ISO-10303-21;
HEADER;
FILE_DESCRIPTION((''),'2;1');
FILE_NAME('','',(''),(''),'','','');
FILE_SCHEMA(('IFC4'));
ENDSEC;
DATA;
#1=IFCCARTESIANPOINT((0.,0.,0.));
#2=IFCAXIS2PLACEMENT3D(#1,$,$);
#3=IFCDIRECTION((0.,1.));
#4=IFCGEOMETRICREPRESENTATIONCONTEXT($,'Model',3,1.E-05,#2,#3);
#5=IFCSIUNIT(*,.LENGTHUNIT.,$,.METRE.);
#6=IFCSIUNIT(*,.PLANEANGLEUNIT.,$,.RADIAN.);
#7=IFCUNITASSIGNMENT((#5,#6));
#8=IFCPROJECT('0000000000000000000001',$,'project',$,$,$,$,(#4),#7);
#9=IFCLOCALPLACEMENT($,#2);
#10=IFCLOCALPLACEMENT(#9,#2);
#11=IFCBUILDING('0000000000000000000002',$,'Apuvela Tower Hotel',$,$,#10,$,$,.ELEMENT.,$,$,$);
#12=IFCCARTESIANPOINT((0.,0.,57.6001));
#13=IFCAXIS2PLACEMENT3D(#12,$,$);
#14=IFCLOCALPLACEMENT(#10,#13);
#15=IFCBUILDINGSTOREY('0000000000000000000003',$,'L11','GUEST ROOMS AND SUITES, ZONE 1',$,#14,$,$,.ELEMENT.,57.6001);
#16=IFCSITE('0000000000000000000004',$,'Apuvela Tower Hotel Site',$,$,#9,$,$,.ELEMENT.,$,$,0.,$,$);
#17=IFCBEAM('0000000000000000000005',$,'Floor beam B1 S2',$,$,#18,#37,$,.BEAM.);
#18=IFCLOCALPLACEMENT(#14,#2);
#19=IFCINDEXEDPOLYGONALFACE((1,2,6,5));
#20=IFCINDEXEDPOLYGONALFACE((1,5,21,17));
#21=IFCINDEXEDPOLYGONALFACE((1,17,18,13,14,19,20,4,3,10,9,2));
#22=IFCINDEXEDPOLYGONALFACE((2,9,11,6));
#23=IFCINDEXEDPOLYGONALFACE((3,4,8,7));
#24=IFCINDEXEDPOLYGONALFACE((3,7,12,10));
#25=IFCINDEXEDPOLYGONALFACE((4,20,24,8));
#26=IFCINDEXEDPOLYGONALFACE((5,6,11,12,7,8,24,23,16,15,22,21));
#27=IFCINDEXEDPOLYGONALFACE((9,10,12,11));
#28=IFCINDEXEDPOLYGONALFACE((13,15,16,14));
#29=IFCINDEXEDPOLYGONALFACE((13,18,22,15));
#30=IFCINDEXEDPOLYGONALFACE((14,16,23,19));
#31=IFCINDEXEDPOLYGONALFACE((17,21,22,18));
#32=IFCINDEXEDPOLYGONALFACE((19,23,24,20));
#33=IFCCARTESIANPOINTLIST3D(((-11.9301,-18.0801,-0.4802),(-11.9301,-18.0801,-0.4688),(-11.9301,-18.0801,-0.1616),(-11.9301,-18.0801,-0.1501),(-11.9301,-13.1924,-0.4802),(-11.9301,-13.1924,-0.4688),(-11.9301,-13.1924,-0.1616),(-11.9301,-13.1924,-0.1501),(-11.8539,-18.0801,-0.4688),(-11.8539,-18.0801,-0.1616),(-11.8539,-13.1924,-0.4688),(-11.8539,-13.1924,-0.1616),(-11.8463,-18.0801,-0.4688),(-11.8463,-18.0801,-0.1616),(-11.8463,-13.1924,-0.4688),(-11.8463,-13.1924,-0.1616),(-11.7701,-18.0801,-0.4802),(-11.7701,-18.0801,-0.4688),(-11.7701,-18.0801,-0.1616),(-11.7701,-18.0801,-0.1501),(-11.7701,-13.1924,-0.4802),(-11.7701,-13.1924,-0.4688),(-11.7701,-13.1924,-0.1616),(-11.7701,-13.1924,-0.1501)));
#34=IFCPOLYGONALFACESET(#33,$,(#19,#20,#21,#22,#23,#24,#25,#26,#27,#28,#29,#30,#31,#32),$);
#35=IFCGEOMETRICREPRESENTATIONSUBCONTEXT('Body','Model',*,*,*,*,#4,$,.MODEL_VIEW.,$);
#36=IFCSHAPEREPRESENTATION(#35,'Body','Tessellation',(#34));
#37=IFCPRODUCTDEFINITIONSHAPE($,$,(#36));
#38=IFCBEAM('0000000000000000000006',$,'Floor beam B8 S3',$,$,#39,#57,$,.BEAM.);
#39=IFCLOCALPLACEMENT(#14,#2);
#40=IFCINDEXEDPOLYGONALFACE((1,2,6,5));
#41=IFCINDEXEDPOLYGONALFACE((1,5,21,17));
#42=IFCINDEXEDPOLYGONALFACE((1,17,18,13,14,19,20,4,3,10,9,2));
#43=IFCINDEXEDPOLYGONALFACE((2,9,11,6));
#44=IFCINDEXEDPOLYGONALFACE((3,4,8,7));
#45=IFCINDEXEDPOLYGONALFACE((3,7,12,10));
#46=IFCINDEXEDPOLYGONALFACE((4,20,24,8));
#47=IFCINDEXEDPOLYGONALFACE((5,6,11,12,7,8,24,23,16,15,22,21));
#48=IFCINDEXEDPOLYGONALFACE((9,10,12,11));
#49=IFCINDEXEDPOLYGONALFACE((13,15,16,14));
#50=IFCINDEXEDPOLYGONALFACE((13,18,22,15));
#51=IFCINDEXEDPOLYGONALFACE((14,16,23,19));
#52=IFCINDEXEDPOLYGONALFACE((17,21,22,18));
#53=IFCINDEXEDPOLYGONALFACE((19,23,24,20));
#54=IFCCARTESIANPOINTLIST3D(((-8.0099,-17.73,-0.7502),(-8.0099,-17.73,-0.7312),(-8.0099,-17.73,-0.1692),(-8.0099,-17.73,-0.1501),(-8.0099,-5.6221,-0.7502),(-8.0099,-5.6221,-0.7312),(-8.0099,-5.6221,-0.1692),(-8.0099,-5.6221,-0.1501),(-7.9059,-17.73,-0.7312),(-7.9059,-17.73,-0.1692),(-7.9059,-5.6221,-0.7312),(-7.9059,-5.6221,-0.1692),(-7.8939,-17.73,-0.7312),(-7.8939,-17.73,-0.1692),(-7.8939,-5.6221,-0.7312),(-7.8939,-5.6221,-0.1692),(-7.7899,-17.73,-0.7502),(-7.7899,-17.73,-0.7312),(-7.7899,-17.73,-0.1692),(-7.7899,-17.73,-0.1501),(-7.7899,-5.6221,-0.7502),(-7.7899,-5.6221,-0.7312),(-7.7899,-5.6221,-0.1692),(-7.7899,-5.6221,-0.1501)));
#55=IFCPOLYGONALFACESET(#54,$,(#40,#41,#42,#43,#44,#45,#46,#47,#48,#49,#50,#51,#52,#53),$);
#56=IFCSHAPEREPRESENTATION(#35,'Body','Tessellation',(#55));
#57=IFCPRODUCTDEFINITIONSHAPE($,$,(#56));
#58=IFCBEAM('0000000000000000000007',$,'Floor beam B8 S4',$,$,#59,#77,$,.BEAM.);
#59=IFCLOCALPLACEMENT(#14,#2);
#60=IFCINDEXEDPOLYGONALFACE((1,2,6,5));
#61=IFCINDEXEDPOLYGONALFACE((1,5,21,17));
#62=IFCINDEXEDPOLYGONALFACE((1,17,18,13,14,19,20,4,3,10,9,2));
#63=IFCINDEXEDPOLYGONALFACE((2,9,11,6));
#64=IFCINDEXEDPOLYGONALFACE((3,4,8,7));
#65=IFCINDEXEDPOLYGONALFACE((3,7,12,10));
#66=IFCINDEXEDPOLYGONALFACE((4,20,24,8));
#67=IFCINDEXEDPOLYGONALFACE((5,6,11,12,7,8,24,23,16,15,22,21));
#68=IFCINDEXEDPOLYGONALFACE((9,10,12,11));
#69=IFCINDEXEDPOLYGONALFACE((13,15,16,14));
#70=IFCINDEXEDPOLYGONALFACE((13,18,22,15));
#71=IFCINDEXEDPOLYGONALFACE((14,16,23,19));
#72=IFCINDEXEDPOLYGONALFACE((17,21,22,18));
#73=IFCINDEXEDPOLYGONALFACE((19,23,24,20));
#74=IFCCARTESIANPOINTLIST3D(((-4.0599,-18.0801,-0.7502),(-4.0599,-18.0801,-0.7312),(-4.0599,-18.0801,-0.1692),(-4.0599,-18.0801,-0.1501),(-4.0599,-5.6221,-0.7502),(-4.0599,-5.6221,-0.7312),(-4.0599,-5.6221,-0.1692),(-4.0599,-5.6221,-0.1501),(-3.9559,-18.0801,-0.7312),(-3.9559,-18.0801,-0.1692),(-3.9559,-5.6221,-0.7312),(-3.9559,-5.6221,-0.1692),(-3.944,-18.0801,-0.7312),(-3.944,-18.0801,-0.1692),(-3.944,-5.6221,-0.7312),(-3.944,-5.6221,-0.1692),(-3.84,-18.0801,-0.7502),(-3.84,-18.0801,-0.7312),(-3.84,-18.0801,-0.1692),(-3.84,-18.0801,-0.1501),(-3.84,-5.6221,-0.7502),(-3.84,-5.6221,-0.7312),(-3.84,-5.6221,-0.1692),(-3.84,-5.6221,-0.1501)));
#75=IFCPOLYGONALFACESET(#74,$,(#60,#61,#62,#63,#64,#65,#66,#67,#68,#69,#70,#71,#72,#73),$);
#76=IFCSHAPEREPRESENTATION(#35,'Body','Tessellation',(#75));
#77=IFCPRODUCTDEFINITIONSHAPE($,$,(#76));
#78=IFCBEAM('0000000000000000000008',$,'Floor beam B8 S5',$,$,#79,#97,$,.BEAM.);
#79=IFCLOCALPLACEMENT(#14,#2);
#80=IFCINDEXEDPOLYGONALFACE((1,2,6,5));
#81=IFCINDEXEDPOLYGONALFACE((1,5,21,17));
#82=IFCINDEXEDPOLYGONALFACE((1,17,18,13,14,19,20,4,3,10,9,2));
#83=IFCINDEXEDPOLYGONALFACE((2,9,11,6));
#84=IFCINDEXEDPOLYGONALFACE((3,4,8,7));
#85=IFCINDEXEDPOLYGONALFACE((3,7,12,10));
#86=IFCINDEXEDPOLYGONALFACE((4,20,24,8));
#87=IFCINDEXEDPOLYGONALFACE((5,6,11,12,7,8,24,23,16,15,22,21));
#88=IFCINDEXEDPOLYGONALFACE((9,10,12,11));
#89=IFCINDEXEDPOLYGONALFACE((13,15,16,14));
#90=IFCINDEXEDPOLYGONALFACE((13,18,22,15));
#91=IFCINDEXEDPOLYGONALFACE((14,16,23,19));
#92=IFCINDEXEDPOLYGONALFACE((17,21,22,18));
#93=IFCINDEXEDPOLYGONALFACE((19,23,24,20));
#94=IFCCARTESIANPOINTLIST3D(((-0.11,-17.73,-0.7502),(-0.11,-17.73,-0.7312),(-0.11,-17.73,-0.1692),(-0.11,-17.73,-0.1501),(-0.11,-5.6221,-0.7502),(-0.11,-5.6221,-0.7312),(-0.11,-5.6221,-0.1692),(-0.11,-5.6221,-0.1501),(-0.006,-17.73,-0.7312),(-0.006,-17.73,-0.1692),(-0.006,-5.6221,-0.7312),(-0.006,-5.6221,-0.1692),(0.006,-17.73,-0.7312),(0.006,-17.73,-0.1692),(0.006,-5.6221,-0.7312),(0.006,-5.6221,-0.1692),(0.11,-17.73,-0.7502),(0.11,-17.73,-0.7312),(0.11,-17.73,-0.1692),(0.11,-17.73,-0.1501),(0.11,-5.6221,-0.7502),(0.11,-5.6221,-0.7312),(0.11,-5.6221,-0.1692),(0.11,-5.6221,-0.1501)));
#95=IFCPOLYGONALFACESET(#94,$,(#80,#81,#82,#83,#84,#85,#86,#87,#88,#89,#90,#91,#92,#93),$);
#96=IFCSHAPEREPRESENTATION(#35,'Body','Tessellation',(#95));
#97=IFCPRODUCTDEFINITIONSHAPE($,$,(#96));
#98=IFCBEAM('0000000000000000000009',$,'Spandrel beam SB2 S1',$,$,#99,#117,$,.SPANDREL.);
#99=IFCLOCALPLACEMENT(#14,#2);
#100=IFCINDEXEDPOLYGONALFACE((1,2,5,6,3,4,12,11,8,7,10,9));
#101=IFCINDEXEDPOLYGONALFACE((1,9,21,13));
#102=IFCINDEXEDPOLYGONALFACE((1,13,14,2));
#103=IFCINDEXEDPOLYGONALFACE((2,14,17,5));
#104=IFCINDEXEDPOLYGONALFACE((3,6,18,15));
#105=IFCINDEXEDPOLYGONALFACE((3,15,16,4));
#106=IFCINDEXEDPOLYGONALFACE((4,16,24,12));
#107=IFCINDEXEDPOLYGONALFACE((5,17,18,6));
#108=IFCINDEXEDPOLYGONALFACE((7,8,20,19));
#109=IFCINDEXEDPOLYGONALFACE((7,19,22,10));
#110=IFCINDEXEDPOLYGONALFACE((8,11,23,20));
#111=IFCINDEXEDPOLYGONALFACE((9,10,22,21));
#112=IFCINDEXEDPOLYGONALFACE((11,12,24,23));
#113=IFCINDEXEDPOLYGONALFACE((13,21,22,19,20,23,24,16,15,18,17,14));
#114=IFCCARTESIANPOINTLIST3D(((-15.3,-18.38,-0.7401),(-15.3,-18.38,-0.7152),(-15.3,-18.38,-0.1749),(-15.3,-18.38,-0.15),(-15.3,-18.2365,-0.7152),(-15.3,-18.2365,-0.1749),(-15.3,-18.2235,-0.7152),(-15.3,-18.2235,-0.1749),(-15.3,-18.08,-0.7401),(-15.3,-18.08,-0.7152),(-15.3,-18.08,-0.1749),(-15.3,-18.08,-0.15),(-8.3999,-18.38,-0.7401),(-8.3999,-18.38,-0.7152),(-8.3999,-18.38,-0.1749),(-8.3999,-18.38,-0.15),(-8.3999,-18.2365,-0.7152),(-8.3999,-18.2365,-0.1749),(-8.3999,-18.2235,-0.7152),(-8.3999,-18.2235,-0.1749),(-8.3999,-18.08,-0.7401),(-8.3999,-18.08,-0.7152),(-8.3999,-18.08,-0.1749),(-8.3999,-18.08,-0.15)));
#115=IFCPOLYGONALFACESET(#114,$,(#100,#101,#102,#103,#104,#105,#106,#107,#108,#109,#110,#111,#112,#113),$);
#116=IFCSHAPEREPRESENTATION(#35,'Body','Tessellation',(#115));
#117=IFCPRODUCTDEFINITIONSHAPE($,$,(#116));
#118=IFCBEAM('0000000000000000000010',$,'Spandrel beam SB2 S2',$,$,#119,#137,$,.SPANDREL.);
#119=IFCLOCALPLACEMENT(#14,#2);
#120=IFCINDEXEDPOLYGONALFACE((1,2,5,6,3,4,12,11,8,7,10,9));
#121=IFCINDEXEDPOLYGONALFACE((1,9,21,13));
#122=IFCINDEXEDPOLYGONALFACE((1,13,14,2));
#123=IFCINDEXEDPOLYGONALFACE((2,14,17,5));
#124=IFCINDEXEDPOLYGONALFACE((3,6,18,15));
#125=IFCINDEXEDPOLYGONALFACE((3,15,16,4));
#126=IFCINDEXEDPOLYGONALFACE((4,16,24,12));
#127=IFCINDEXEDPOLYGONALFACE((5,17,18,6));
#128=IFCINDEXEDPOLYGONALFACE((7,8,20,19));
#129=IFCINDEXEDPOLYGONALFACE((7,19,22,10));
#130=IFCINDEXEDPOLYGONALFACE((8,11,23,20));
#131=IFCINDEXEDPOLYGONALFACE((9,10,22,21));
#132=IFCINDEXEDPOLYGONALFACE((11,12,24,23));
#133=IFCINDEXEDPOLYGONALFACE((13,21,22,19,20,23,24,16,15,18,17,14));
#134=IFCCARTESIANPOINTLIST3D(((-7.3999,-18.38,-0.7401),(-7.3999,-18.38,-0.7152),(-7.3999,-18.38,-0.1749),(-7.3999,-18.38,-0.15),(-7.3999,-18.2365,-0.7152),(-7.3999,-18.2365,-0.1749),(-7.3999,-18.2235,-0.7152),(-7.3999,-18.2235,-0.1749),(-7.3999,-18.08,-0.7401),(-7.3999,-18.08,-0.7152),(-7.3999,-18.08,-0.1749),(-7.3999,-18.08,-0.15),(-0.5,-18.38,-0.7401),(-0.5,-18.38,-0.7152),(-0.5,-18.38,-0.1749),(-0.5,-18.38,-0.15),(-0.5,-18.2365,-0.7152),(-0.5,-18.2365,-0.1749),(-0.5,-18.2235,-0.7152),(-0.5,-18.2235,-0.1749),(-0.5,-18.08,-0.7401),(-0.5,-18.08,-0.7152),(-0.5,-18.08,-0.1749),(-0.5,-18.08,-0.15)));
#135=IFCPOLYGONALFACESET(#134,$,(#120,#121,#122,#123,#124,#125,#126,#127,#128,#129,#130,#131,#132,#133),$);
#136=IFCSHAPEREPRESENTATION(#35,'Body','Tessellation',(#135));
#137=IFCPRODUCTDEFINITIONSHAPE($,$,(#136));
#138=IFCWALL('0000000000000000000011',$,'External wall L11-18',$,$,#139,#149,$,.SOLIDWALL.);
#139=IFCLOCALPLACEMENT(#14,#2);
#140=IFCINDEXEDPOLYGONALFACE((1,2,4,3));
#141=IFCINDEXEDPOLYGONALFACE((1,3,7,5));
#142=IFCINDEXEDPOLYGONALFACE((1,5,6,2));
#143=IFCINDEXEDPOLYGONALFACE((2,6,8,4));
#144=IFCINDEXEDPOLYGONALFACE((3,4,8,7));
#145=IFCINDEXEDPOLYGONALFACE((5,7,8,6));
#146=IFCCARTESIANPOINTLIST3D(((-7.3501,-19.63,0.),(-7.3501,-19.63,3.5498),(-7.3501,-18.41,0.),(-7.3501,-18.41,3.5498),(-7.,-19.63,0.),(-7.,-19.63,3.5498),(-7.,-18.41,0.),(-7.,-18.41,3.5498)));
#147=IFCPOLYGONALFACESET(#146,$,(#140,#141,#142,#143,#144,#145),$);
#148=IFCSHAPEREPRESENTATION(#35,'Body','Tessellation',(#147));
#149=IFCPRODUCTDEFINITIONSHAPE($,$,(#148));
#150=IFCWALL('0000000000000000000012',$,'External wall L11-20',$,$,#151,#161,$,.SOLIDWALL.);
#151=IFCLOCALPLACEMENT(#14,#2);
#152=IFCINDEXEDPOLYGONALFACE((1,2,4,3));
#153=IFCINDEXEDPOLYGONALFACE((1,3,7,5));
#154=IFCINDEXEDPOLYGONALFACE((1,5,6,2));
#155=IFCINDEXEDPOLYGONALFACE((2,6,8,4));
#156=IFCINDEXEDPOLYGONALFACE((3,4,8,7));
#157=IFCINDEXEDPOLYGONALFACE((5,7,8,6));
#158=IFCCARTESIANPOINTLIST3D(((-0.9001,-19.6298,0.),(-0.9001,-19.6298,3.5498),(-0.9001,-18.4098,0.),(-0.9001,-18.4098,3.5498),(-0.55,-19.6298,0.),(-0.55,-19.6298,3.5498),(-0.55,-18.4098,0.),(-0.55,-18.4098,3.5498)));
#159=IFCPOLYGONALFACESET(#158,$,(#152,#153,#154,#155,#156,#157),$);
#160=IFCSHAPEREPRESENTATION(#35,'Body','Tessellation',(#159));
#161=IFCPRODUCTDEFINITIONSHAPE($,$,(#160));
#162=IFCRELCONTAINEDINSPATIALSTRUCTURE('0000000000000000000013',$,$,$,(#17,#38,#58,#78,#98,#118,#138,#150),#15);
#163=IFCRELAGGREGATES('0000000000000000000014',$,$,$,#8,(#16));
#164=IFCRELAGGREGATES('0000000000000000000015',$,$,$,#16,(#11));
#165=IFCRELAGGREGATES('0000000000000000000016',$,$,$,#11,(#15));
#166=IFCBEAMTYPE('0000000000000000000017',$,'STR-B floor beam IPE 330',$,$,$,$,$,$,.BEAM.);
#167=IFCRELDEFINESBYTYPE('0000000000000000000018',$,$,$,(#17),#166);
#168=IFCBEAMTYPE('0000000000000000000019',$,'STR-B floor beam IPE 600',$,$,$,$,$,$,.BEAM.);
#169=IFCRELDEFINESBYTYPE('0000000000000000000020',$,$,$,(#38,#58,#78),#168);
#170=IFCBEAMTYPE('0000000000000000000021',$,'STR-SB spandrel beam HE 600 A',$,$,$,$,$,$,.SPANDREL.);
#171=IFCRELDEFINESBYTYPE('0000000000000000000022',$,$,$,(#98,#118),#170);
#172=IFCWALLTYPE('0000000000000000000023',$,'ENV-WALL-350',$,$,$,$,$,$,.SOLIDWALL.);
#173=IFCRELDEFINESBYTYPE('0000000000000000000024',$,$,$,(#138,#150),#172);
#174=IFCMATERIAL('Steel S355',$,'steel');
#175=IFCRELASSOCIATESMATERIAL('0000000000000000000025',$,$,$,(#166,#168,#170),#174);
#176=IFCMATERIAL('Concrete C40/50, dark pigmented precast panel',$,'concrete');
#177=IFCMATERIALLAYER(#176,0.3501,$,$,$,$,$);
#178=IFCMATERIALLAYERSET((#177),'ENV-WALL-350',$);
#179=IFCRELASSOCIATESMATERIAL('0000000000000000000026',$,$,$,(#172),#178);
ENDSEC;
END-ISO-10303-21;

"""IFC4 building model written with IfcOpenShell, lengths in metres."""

from ifc_helpers import new_model, si_unit, direction, frame, frame_2d, origin, origin_2d, place, context, subcontext, project, spatial, rectangle, i_section, extrude, material, layer, layer_set, material_profile, profile_set, type_object, element, save


model = new_model("IFC4")

# Units and contexts
model_context = context("Model", 3, precision=1e-05, world=origin(), true_north=direction((0.0, 1.0)))
body_context = subcontext(model_context, "Body", "Model", "MODEL_VIEW")
ifc_project = project(units=[si_unit("LENGTHUNIT", "METRE"), si_unit("PLANEANGLEUNIT", "RADIAN")], contexts=[model_context])

# Site, building, storey
site_placement = place(None, origin())
site = spatial("IfcSite", under=ifc_project, at=site_placement, Name="Apuvela Tower Hotel Site", CompositionType="ELEMENT", RefElevation=0.0)
building_placement = place(site_placement, origin())
building = spatial("IfcBuilding", under=site, at=building_placement, Name="Apuvela Tower Hotel", CompositionType="ELEMENT")
storey_placement = place(building_placement, frame((0.0, 0.0, 57.6001)))
storey = spatial("IfcBuildingStorey", under=building, at=storey_placement, Name="L11", Description="GUEST ROOMS AND SUITES, ZONE 1", CompositionType="ELEMENT", Elevation=57.6001)

# Beams
ifc_material_1 = material(Name="Steel S355", Category="steel")
ifc_material_profile_1 = material_profile(ifc_material_1, i_section(OverallWidth=0.1599, OverallDepth=0.3301, WebThickness=0.0076, FlangeThickness=0.0115, at=origin_2d()), Name="IPE 330")
ifc_profile_set_1 = profile_set([ifc_material_profile_1], Name="Steel S355")
beam_type_1 = type_object("IfcBeamType", Name="STR-B floor beam IPE 330", PredefinedType="BEAM", material=ifc_profile_set_1)
beam_1_placement = place(storey_placement, frame((-11.8501, -18.0801, -0.3152), z_axis=(0.0, 1.0, 0.0), x_axis=(-1.0, 0.0, 0.0)))
element("IfcBeam", 1, at=beam_1_placement, inside=storey, type_object=beam_type_1, Name="Floor beam B1 S2", PredefinedType="BEAM", context=body_context, shape_type="SweptSolid", body=[
    extrude(i_section(OverallWidth=0.1599, OverallDepth=0.3301, WebThickness=0.0076, FlangeThickness=0.0115, at=origin_2d()), origin(), (0.0, 0.0, 1.0), 4.8877),
])
ifc_material_profile_2 = material_profile(ifc_material_1, i_section(OverallWidth=0.22, OverallDepth=0.6001, WebThickness=0.012, FlangeThickness=0.019, at=origin_2d()), Name="IPE 600")
ifc_profile_set_2 = profile_set([ifc_material_profile_2], Name="Steel S355")
beam_type_2 = type_object("IfcBeamType", Name="STR-B floor beam IPE 600", PredefinedType="BEAM", material=ifc_profile_set_2)
beam_2_placement = place(storey_placement, frame((-7.8999, -17.73, -0.4502), z_axis=(0.0, 1.0, 0.0), x_axis=(-1.0, 0.0, 0.0)))
element("IfcBeam", 2, at=beam_2_placement, inside=storey, type_object=beam_type_2, Name="Floor beam B8 S3", PredefinedType="BEAM", context=body_context, shape_type="SweptSolid", body=[
    extrude(i_section(OverallWidth=0.22, OverallDepth=0.6001, WebThickness=0.012, FlangeThickness=0.019, at=origin_2d()), origin(), (0.0, 0.0, 1.0), 12.1079),
])
beam_3_placement = place(storey_placement, frame((-3.95, -18.0801, -0.4502), z_axis=(0.0, 1.0, 0.0), x_axis=(-1.0, 0.0, 0.0)))
element("IfcBeam", 3, at=beam_3_placement, inside=storey, type_object=beam_type_2, Name="Floor beam B8 S4", PredefinedType="BEAM", context=body_context, shape_type="SweptSolid", body=[
    extrude(i_section(OverallWidth=0.22, OverallDepth=0.6001, WebThickness=0.012, FlangeThickness=0.019, at=origin_2d()), origin(), (0.0, 0.0, 1.0), 12.458),
])
beam_4_placement = place(storey_placement, frame((0.0, -17.73, -0.4502), z_axis=(0.0, 1.0, 0.0), x_axis=(-1.0, 0.0, 0.0)))
element("IfcBeam", 4, at=beam_4_placement, inside=storey, type_object=beam_type_2, Name="Floor beam B8 S5", PredefinedType="BEAM", context=body_context, shape_type="SweptSolid", body=[
    extrude(i_section(OverallWidth=0.22, OverallDepth=0.6001, WebThickness=0.012, FlangeThickness=0.019, at=origin_2d()), origin(), (0.0, 0.0, 1.0), 12.1079),
])
ifc_material_profile_3 = material_profile(ifc_material_1, i_section(OverallWidth=0.3, OverallDepth=0.5901, WebThickness=0.0129, FlangeThickness=0.0249, at=origin_2d()), Name="HE 600 A")
ifc_profile_set_3 = profile_set([ifc_material_profile_3], Name="Steel S355")
beam_type_3 = type_object("IfcBeamType", Name="STR-SB spandrel beam HE 600 A", PredefinedType="SPANDREL", material=ifc_profile_set_3)
beam_5_placement = place(storey_placement, frame((-15.3, -18.23, -0.4451), z_axis=(1.0, 0.0, 0.0), x_axis=(0.0, 1.0, 0.0)))
element("IfcBeam", 5, at=beam_5_placement, inside=storey, type_object=beam_type_3, Name="Spandrel beam SB2 S1", PredefinedType="SPANDREL", context=body_context, shape_type="SweptSolid", body=[
    extrude(i_section(OverallWidth=0.3, OverallDepth=0.5901, WebThickness=0.0129, FlangeThickness=0.0249, at=origin_2d()), origin(), (0.0, 0.0, 1.0), 6.9001),
])
beam_6_placement = place(storey_placement, frame((-7.3999, -18.23, -0.4451), z_axis=(1.0, 0.0, 0.0), x_axis=(0.0, 1.0, 0.0)))
element("IfcBeam", 6, at=beam_6_placement, inside=storey, type_object=beam_type_3, Name="Spandrel beam SB2 S2", PredefinedType="SPANDREL", context=body_context, shape_type="SweptSolid", body=[
    extrude(i_section(OverallWidth=0.3, OverallDepth=0.5901, WebThickness=0.0129, FlangeThickness=0.0249, at=origin_2d()), origin(), (0.0, 0.0, 1.0), 6.8999),
])

# Wall
ifc_material_2 = material(Name="Concrete C40/50, dark pigmented precast panel", Category="concrete")
ifc_layer_1 = layer(ifc_material_2, 0.3501)
ifc_layer_set_1 = layer_set([ifc_layer_1], Name="ENV-WALL-350")
wall_type_1 = type_object("IfcWallType", Name="ENV-WALL-350", PredefinedType="SOLIDWALL", material=ifc_layer_set_1)
wall_1_placement = place(storey_placement, frame((-7.175, -19.6299, 0.0), z_axis=(0.0, 0.0, 1.0), x_axis=(0.0, 1.0, 0.0)))
element("IfcWall", 7, at=wall_1_placement, inside=storey, type_object=wall_type_1, Name="External wall L11-18", PredefinedType="SOLIDWALL", context=body_context, shape_type="SweptSolid", body=[
    extrude(rectangle(XDim=1.22, YDim=0.3501, at=frame_2d((0.6099, 0.0))), origin(), (0.0, 0.0, 1.0), 3.5498),
])

# Wall
wall_2_placement = place(storey_placement, frame((-0.7251, -18.4099, 0.0), z_axis=(0.0, 0.0, 1.0), x_axis=(0.0, -1.0, 0.0)))
element("IfcWall", 8, at=wall_2_placement, inside=storey, type_object=wall_type_1, Name="External wall L11-20", PredefinedType="SOLIDWALL", context=body_context, shape_type="SweptSolid", body=[
    extrude(rectangle(XDim=1.22, YDim=0.3501, at=frame_2d((0.6099, 0.0))), origin(), (0.0, 0.0, 1.0), 3.5498),
])

save(model, "model.ifc")
